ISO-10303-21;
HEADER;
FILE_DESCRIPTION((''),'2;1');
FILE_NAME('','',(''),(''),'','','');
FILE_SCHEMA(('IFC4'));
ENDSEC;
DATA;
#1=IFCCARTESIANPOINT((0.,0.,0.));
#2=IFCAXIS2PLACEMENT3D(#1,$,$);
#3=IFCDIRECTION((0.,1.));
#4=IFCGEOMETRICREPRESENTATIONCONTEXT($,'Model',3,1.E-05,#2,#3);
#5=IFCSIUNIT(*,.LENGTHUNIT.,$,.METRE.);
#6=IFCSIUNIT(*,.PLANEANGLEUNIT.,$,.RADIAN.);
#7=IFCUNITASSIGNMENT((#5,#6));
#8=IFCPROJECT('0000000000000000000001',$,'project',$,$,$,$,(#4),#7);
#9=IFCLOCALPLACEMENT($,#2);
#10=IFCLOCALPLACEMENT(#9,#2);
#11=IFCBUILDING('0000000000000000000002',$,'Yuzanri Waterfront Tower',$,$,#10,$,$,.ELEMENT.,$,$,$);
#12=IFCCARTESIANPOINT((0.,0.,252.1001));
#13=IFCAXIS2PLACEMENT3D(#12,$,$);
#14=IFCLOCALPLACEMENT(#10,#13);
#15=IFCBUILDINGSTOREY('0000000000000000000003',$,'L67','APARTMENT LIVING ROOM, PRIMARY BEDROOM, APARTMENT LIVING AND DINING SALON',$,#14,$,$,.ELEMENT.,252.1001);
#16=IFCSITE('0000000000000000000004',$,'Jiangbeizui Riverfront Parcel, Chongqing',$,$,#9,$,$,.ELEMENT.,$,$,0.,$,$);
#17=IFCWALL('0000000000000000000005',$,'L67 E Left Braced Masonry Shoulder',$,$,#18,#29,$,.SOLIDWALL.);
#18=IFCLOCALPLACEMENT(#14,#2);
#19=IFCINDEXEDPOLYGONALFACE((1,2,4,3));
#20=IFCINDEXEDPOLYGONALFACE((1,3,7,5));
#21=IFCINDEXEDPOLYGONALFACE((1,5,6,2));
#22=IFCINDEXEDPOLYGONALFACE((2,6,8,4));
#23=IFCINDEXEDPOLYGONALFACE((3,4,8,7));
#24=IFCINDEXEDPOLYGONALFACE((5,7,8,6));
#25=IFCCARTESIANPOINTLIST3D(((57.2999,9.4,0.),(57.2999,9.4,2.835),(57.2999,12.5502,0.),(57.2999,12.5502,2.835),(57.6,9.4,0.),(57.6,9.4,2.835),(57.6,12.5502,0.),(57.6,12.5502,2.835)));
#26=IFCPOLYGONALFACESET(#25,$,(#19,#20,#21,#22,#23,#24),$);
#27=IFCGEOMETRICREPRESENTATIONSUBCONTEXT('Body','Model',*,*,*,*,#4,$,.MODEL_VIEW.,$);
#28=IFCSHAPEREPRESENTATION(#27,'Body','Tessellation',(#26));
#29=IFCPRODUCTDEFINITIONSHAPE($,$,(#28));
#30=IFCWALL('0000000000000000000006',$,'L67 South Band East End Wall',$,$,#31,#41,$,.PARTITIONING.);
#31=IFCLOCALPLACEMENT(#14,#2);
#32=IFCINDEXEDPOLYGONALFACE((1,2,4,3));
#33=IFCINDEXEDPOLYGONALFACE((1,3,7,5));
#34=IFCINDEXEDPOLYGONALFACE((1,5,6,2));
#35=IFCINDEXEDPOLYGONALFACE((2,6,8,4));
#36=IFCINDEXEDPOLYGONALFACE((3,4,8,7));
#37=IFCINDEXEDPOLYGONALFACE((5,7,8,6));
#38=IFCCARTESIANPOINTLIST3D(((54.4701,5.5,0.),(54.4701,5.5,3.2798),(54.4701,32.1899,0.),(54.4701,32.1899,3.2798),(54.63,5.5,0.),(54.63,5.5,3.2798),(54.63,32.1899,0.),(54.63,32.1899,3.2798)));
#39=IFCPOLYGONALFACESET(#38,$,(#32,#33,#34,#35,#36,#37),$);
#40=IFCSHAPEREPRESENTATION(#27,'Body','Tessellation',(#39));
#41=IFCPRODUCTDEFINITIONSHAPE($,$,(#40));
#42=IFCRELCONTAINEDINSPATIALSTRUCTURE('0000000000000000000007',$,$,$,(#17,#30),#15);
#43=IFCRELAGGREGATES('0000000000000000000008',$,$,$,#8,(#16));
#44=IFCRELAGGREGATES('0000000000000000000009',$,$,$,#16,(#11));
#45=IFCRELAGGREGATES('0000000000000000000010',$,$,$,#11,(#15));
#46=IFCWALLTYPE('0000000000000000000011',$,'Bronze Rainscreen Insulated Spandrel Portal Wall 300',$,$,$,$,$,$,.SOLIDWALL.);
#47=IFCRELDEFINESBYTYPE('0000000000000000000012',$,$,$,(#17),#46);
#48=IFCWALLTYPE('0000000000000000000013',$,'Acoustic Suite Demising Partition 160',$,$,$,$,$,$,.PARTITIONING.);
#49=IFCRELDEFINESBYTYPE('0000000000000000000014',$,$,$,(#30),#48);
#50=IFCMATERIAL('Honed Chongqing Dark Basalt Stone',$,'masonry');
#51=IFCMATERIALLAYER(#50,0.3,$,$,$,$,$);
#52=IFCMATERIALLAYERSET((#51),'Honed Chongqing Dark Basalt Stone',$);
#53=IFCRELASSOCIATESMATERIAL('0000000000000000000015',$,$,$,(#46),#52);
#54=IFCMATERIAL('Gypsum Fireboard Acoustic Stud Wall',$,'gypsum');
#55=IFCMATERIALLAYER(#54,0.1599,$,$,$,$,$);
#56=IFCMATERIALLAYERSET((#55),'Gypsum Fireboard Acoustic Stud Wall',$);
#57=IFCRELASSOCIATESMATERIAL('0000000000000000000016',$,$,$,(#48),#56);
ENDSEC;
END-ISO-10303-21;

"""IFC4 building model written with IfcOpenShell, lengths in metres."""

from ifc_helpers import new_model, si_unit, direction, frame, frame_2d, origin, place, context, subcontext, project, spatial, rectangle, extrude, source, transform, mapped, material, layer, layer_set, type_object, element, save


model = new_model("IFC4")

# Units and contexts
model_context = context("Model", 3, precision=1e-05, world=origin(), true_north=direction((0.0, 1.0)))
body_context = subcontext(model_context, "Body", "Model", "MODEL_VIEW")
ifc_project = project(units=[si_unit("LENGTHUNIT", "METRE"), si_unit("PLANEANGLEUNIT", "RADIAN")], contexts=[model_context])

# Site, building, storey
site_placement = place(None, origin())
site = spatial("IfcSite", under=ifc_project, at=site_placement, Name="Jiangbeizui Riverfront Parcel, Chongqing", CompositionType="ELEMENT", RefElevation=0.0)
building_placement = place(site_placement, origin())
building = spatial("IfcBuilding", under=site, at=building_placement, Name="Yuzanri Waterfront Tower", CompositionType="ELEMENT")
storey_placement = place(building_placement, frame((0.0, 0.0, 252.1001)))
storey = spatial("IfcBuildingStorey", under=building, at=storey_placement, Name="L67", Description="APARTMENT LIVING ROOM, PRIMARY BEDROOM, APARTMENT LIVING AND DINING SALON", CompositionType="ELEMENT", Elevation=252.1001)

# Shared definitions
ifc_material_1 = material(Name="Honed Chongqing Dark Basalt Stone", Category="masonry")
ifc_layer_1 = layer(ifc_material_1, 0.3)
ifc_layer_set_1 = layer_set([ifc_layer_1], Name="Honed Chongqing Dark Basalt Stone")
wall_type_1 = type_object("IfcWallType", Name="Bronze Rainscreen Insulated Spandrel Portal Wall 300", PredefinedType="SOLIDWALL", material=ifc_layer_set_1)

# Walls
shared_shape_1 = source(origin(), body_context, "Body", "SweptSolid", [
    extrude(rectangle(XDim=3.1501, YDim=0.3, at=frame_2d((1.5752, 0.0))), origin(), (0.0, 0.0, 1.0), 2.835),
])
wall_1_placement = place(storey_placement, frame((57.45, 9.3999, 0.0), z_axis=(0.0, 0.0, 1.0), x_axis=(0.0, 1.0, 0.0)))
element("IfcWall", 1, at=wall_1_placement, inside=storey, type_object=wall_type_1, Name="L67 E Left Braced Masonry Shoulder", PredefinedType="SOLIDWALL", context=body_context, shape_type="MappedRepresentation", body=[
    mapped(shared_shape_1, transform((0.0, 0.0, 0.0), scale=1.0)),
])
ifc_material_2 = material(Name="Gypsum Fireboard Acoustic Stud Wall", Category="gypsum")
ifc_layer_2 = layer(ifc_material_2, 0.1599)
ifc_layer_set_2 = layer_set([ifc_layer_2], Name="Gypsum Fireboard Acoustic Stud Wall")
wall_type_2 = type_object("IfcWallType", Name="Acoustic Suite Demising Partition 160", PredefinedType="PARTITIONING", material=ifc_layer_set_2)
shared_shape_2 = source(origin(), body_context, "Body", "SweptSolid", [
    extrude(rectangle(XDim=26.6899, YDim=0.1599, at=frame_2d((13.345, 0.0))), origin(), (0.0, 0.0, 1.0), 3.2798),
])
wall_2_placement = place(storey_placement, frame((54.55, 5.5, 0.0), z_axis=(0.0, 0.0, 1.0), x_axis=(0.0, 1.0, 0.0)))
element("IfcWall", 2, at=wall_2_placement, inside=storey, type_object=wall_type_2, Name="L67 South Band East End Wall", PredefinedType="PARTITIONING", context=body_context, shape_type="MappedRepresentation", body=[
    mapped(shared_shape_2, transform((0.0, 0.0, 0.0), scale=1.0)),
])

save(model, "model.ifc")
